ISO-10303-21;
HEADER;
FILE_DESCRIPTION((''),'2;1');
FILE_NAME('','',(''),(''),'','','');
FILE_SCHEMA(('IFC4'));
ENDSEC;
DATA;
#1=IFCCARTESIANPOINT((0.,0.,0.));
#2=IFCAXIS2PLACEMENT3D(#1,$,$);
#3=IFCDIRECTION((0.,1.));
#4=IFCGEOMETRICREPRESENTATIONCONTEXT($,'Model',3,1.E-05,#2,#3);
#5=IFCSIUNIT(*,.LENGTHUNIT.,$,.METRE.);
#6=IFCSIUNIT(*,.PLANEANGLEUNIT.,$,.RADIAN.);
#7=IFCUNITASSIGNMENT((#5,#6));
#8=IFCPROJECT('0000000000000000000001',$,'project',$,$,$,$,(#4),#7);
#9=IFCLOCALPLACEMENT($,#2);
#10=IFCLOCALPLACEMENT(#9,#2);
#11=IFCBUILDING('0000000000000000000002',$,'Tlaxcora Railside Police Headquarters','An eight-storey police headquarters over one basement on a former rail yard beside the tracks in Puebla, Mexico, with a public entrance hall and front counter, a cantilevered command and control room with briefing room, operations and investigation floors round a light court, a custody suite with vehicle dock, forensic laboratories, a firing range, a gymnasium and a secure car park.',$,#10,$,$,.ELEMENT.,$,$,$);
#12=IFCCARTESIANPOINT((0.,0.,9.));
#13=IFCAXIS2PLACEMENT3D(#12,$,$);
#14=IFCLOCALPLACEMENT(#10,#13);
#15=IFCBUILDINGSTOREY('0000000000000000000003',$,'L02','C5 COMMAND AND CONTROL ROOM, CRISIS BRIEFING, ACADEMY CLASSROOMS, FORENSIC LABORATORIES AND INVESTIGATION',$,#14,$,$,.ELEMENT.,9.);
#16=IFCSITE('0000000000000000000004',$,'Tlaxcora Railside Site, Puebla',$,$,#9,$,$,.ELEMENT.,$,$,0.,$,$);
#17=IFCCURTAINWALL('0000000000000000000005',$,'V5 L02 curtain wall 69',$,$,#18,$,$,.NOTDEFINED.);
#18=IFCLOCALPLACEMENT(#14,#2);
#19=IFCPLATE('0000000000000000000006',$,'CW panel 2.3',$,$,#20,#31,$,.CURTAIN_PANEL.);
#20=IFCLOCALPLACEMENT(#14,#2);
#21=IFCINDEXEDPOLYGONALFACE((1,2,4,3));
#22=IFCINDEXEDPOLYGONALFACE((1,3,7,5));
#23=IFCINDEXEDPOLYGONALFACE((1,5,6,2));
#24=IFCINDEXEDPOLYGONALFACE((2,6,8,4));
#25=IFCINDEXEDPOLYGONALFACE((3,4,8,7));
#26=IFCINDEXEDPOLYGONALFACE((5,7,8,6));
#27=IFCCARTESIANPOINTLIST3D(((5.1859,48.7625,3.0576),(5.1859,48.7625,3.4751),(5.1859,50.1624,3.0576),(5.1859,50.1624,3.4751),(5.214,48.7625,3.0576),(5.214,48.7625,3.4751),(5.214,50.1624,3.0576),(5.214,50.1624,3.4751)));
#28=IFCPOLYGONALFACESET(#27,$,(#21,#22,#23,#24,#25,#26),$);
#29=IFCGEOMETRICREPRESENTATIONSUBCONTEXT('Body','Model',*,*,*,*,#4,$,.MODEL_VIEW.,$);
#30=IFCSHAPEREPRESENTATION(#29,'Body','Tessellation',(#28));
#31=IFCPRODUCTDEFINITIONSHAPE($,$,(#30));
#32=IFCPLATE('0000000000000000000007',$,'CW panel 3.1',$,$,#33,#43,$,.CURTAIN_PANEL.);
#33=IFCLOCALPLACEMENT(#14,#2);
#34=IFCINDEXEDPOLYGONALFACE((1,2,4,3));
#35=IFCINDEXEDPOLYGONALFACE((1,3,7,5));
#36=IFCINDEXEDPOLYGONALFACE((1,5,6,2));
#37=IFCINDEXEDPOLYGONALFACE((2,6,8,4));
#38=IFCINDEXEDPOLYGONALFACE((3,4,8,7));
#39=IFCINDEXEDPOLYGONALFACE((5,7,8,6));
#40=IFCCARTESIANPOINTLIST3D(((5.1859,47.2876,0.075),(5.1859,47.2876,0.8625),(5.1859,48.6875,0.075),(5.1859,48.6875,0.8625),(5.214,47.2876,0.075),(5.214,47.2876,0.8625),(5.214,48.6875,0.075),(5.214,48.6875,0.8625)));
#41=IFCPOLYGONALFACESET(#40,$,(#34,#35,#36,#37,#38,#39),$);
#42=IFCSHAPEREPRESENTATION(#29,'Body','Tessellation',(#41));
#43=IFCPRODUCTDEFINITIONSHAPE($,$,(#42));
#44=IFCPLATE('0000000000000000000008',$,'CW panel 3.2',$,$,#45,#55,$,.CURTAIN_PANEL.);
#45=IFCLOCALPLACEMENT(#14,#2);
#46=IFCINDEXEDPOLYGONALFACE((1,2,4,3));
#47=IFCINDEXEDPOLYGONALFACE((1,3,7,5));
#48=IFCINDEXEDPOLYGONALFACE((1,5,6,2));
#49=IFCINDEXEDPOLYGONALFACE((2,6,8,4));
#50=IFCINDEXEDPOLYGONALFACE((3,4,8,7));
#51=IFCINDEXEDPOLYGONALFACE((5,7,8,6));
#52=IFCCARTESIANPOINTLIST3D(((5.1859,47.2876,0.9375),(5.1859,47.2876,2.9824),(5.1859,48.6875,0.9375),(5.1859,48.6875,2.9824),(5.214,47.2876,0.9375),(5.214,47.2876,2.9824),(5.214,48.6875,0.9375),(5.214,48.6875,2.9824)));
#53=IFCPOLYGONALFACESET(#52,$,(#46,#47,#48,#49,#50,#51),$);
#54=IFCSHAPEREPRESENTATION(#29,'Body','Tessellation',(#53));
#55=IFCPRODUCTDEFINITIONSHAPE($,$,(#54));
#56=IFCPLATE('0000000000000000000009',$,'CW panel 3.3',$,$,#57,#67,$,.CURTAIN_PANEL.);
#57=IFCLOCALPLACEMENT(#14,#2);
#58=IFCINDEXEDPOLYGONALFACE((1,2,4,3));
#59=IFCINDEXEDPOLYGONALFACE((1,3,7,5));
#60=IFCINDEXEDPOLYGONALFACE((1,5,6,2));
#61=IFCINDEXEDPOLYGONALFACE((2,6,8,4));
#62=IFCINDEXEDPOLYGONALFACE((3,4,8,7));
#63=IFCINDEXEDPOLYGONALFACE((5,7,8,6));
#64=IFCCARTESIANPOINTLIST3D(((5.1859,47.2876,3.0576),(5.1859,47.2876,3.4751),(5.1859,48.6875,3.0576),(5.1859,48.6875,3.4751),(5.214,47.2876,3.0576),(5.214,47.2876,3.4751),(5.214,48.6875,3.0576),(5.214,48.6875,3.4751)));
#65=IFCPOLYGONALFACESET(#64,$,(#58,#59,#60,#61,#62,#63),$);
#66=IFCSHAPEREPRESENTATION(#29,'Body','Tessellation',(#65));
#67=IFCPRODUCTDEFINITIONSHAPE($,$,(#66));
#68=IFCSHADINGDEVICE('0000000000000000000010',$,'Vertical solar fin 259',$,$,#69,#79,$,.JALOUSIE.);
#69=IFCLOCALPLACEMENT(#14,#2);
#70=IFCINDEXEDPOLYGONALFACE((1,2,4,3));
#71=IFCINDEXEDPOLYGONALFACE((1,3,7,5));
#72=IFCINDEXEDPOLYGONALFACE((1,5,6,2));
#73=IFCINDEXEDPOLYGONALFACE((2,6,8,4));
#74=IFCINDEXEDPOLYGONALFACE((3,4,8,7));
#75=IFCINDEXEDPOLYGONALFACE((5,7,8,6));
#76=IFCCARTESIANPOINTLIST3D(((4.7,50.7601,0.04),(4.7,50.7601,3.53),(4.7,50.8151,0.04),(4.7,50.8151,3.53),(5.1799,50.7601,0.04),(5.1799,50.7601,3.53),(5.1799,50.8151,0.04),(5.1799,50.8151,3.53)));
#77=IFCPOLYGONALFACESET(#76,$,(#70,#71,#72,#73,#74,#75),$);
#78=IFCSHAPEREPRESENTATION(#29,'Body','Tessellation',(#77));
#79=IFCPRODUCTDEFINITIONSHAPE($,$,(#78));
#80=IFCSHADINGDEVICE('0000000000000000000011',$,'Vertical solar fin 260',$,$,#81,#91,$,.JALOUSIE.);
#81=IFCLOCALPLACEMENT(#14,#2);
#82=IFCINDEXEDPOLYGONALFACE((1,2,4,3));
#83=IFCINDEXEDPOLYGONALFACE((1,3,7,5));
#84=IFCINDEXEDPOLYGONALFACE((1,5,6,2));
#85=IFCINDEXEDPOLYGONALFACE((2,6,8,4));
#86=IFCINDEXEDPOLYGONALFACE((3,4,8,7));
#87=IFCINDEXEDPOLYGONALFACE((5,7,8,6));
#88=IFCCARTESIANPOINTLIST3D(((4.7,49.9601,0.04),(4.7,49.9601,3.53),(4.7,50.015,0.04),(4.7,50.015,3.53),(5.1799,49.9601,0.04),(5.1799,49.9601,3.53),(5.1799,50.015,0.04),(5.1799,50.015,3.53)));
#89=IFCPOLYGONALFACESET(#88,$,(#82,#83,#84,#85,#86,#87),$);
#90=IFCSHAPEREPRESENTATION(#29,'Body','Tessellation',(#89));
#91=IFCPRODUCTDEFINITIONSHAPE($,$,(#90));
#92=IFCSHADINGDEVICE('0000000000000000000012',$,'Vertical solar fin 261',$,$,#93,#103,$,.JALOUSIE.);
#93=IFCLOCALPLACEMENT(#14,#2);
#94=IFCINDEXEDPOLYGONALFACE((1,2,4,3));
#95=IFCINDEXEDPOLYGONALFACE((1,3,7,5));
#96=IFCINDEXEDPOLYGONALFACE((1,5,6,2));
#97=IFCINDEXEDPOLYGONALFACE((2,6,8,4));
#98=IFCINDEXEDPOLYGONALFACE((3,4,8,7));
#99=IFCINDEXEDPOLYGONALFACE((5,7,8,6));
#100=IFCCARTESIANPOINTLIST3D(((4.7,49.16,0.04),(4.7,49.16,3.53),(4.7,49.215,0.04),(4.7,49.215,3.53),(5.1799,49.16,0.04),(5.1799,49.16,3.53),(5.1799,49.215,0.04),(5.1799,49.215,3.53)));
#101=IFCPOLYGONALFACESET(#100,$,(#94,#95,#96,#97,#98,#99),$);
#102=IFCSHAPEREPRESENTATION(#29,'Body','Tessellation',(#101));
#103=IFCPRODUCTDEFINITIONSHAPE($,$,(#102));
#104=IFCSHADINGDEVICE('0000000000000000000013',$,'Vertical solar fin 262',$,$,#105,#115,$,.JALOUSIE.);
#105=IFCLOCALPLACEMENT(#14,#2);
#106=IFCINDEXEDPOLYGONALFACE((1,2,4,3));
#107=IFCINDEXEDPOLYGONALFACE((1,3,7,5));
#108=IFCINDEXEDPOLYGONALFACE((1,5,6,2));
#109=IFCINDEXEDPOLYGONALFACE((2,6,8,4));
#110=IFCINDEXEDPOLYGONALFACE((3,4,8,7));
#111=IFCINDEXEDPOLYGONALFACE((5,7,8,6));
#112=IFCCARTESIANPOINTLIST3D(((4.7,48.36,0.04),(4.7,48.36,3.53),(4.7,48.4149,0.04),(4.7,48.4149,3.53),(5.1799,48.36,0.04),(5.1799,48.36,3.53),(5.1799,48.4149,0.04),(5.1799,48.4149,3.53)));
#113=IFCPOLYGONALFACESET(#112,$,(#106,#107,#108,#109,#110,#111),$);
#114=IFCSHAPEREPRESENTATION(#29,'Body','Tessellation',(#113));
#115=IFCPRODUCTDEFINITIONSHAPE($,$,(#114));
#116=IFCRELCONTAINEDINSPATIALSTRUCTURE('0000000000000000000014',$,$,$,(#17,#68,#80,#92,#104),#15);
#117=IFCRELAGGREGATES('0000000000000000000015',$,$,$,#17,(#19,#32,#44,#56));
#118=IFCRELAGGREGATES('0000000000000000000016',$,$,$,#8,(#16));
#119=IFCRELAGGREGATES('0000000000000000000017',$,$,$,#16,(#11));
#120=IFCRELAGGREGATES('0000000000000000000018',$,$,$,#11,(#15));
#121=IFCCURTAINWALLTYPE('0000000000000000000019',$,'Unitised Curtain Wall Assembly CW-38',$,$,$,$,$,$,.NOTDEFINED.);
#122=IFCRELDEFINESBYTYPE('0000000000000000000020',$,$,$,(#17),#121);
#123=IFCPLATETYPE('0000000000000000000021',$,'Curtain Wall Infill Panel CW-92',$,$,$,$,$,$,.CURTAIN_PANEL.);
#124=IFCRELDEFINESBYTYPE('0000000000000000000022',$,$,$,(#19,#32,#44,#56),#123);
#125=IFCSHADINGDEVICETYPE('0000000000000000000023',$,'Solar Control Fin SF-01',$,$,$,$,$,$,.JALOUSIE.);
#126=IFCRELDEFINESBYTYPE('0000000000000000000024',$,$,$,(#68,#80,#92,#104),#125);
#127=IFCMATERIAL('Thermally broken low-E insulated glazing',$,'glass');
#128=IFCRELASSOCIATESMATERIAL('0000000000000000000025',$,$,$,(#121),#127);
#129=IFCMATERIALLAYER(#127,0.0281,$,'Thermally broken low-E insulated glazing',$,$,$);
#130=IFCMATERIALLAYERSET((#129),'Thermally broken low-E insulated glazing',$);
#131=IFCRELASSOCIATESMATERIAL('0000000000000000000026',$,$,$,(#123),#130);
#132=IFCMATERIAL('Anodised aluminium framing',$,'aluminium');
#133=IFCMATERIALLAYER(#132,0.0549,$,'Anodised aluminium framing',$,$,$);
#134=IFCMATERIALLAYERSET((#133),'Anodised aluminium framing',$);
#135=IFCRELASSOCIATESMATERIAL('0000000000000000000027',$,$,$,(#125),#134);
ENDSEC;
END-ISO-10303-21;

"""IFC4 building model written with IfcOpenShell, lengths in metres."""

from ifc_helpers import new_model, si_unit, direction, frame, origin, origin_2d, place, context, subcontext, project, spatial, rectangle, extrude, material, layer, layer_set, type_object, element, aggregate, save


model = new_model("IFC4")

# Units and contexts
model_context = context("Model", 3, precision=1e-05, world=origin(), true_north=direction((0.0, 1.0)))
body_context = subcontext(model_context, "Body", "Model", "MODEL_VIEW")
ifc_project = project(units=[si_unit("LENGTHUNIT", "METRE"), si_unit("PLANEANGLEUNIT", "RADIAN")], contexts=[model_context])

# Site, building, storey
site_placement = place(None, origin())
site = spatial("IfcSite", under=ifc_project, at=site_placement, Name="Tlaxcora Railside Site, Puebla", CompositionType="ELEMENT", RefElevation=0.0)
building_placement = place(site_placement, origin())
building = spatial("IfcBuilding", under=site, at=building_placement, Name="Tlaxcora Railside Police Headquarters", Description="An eight-storey police headquarters over one basement on a former rail yard beside the tracks in Puebla, Mexico, with a public entrance hall and front counter, a cantilevered command and control room with briefing room, operations and investigation floors round a light court, a custody suite with vehicle dock, forensic laboratories, a firing range, a gymnasium and a secure car park.", CompositionType="ELEMENT")
storey_placement = place(building_placement, frame((0.0, 0.0, 9.0)))
storey = spatial("IfcBuildingStorey", under=building, at=storey_placement, Name="L02", Description="C5 COMMAND AND CONTROL ROOM, CRISIS BRIEFING, ACADEMY CLASSROOMS, FORENSIC LABORATORIES AND INVESTIGATION", CompositionType="ELEMENT", Elevation=9.0)

# Curtain wall, plates
ifc_material_1 = material(Name="Thermally broken low-E insulated glazing", Category="glass")
curtain_wall_type = type_object("IfcCurtainWallType", Name="Unitised Curtain Wall Assembly CW-38", PredefinedType="NOTDEFINED", material=ifc_material_1)
curtain_wall_placement = place(storey_placement, origin())
curtain_wall = element("IfcCurtainWall", 1, at=curtain_wall_placement, inside=storey, type_object=curtain_wall_type, Name="V5 L02 curtain wall 69", PredefinedType="NOTDEFINED")
ifc_material_2 = material(Name="Anodised aluminium framing", Category="aluminium")
ifc_layer_1 = layer(ifc_material_1, 0.0281, Name="Thermally broken low-E insulated glazing")
ifc_layer_set_1 = layer_set([ifc_layer_1], Name="Thermally broken low-E insulated glazing")
plate_type = type_object("IfcPlateType", Name="Curtain Wall Infill Panel CW-92", PredefinedType="CURTAIN_PANEL", material=ifc_layer_set_1)
plate_1_placement = place(storey_placement, frame((5.2, 49.4624, 3.0576), z_axis=(0.0, 0.0, 1.0), x_axis=(0.0, -1.0, 0.0)))
plate_1 = element("IfcPlate", 2, at=plate_1_placement, type_object=plate_type, Name="CW panel 2.3", PredefinedType="CURTAIN_PANEL", context=body_context, shape_type="SweptSolid", body=[
    extrude(rectangle(XDim=1.3999, YDim=0.0281, at=origin_2d()), origin(), (0.0, 0.0, 1.0), 0.4175),
])
plate_2_placement = place(storey_placement, frame((5.2, 47.9875, 0.075), z_axis=(0.0, 0.0, 1.0), x_axis=(0.0, -1.0, 0.0)))
plate_2 = element("IfcPlate", 3, at=plate_2_placement, type_object=plate_type, Name="CW panel 3.1", PredefinedType="CURTAIN_PANEL", context=body_context, shape_type="SweptSolid", body=[
    extrude(rectangle(XDim=1.3999, YDim=0.0281, at=origin_2d()), origin(), (0.0, 0.0, 1.0), 0.7876),
])
plate_3_placement = place(storey_placement, frame((5.2, 47.9875, 0.9375), z_axis=(0.0, 0.0, 1.0), x_axis=(0.0, -1.0, 0.0)))
plate_3 = element("IfcPlate", 4, at=plate_3_placement, type_object=plate_type, Name="CW panel 3.2", PredefinedType="CURTAIN_PANEL", context=body_context, shape_type="SweptSolid", body=[
    extrude(rectangle(XDim=1.3999, YDim=0.0281, at=origin_2d()), origin(), (0.0, 0.0, 1.0), 2.0449),
])
plate_4_placement = place(storey_placement, frame((5.2, 47.9875, 3.0576), z_axis=(0.0, 0.0, 1.0), x_axis=(0.0, -1.0, 0.0)))
plate_4 = element("IfcPlate", 5, at=plate_4_placement, type_object=plate_type, Name="CW panel 3.3", PredefinedType="CURTAIN_PANEL", context=body_context, shape_type="SweptSolid", body=[
    extrude(rectangle(XDim=1.3999, YDim=0.0281, at=origin_2d()), origin(), (0.0, 0.0, 1.0), 0.4175),
])
aggregate(curtain_wall, [plate_1, plate_2, plate_3, plate_4])

# Shading devices
ifc_layer_2 = layer(ifc_material_2, 0.0549, Name="Anodised aluminium framing")
ifc_layer_set_2 = layer_set([ifc_layer_2], Name="Anodised aluminium framing")
shading_device_type = type_object("IfcShadingDeviceType", Name="Solar Control Fin SF-01", PredefinedType="JALOUSIE", material=ifc_layer_set_2)
for number, where, z_axis, x_axis, name in (
    (6, (4.9399, 50.7876, 0.04), (0.0, 0.0, 1.0), (-1.0, 0.0, 0.0), "Vertical solar fin 259"),
    (7, (4.9399, 49.9875, 0.04), (0.0, 0.0, 1.0), (-1.0, 0.0, 0.0), "Vertical solar fin 260"),
    (8, (4.9399, 49.1875, 0.04), (0.0, 0.0, 1.0), (-1.0, 0.0, 0.0), "Vertical solar fin 261"),
    (9, (4.9399, 48.3875, 0.04), (0.0, 0.0, 1.0), (-1.0, 0.0, 0.0), "Vertical solar fin 262"),
):
    element("IfcShadingDevice", number, at=place(storey_placement, frame(where, z_axis=z_axis, x_axis=x_axis)), inside=storey, type_object=shading_device_type, Name=name, PredefinedType="JALOUSIE", context=body_context, shape_type="SweptSolid", body=[
        extrude(rectangle(XDim=0.48, YDim=0.0549, at=origin_2d()), origin(), (0.0, 0.0, 1.0), 3.49),
    ])

save(model, "model.ifc")
